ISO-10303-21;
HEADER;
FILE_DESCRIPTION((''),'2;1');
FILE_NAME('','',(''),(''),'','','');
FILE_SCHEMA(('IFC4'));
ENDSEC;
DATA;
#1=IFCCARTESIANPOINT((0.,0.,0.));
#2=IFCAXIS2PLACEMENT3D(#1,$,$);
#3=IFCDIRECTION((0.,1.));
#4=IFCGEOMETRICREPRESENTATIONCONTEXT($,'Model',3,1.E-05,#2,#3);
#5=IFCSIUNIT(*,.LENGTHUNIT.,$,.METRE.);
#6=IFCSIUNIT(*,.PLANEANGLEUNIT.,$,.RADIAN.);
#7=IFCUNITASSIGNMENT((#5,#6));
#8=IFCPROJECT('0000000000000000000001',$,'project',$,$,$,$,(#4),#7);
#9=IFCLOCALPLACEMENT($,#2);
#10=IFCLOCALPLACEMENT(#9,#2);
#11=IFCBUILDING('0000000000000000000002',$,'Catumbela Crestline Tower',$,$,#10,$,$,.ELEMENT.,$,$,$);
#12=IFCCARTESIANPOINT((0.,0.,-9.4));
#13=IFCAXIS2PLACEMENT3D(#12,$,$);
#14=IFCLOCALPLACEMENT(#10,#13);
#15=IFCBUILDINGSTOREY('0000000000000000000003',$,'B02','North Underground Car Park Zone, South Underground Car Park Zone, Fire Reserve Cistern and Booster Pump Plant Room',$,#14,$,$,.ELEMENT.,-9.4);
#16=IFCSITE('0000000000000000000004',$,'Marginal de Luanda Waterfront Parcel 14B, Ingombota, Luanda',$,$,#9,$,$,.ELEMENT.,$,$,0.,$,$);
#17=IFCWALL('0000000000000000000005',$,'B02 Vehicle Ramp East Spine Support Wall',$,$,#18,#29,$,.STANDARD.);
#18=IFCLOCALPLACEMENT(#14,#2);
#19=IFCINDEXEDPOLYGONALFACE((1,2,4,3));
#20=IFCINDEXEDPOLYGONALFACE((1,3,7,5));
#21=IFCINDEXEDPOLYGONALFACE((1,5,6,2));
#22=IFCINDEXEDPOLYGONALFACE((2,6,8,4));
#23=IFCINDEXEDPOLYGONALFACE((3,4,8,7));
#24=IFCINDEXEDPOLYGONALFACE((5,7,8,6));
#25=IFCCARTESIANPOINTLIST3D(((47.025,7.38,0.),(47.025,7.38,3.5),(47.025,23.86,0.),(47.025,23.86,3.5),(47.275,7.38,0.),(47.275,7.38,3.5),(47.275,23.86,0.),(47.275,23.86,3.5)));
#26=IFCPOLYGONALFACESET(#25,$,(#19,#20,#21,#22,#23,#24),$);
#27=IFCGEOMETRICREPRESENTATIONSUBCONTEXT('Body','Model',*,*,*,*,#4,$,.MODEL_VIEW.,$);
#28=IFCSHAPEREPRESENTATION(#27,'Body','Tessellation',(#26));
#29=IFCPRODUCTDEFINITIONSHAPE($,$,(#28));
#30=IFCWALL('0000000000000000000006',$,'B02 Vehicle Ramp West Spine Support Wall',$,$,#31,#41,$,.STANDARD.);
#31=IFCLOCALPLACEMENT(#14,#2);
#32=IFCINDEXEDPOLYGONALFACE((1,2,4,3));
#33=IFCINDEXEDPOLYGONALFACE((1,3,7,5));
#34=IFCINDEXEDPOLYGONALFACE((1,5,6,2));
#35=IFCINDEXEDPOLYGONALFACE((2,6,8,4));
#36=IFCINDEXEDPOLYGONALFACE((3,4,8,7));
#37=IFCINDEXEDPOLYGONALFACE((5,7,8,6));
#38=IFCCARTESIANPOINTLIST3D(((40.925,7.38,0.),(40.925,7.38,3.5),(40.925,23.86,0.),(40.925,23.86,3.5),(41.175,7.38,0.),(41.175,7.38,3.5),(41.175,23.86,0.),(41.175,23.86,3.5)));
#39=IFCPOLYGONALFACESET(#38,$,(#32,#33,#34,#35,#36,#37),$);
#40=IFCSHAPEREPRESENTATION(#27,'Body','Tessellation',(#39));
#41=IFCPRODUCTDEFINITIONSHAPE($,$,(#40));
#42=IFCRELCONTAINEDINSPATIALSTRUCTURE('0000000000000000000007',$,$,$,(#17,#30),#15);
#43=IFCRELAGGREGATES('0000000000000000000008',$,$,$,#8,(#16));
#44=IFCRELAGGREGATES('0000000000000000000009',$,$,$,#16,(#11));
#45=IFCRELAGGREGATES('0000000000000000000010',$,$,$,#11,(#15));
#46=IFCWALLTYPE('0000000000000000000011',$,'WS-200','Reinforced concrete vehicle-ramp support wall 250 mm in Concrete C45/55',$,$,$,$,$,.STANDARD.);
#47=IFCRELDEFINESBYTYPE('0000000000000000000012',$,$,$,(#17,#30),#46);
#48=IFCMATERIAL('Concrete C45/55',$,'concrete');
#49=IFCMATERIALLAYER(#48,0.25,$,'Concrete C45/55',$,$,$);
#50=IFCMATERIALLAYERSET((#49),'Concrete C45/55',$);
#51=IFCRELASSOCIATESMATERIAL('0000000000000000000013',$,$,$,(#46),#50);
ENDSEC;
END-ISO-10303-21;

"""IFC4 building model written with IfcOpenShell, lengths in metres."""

from ifc_helpers import new_model, si_unit, direction, frame, frame_2d, origin, place, context, subcontext, project, spatial, rectangle, extrude, material, layer, layer_set, type_object, element, save


model = new_model("IFC4")

# Units and contexts
model_context = context("Model", 3, precision=1e-05, world=origin(), true_north=direction((0.0, 1.0)))
body_context = subcontext(model_context, "Body", "Model", "MODEL_VIEW")
ifc_project = project(units=[si_unit("LENGTHUNIT", "METRE"), si_unit("PLANEANGLEUNIT", "RADIAN")], contexts=[model_context])

# Site, building, storey
site_placement = place(None, origin())
site = spatial("IfcSite", under=ifc_project, at=site_placement, Name="Marginal de Luanda Waterfront Parcel 14B, Ingombota, Luanda", CompositionType="ELEMENT", RefElevation=0.0)
building_placement = place(site_placement, origin())
building = spatial("IfcBuilding", under=site, at=building_placement, Name="Catumbela Crestline Tower", CompositionType="ELEMENT")
storey_placement = place(building_placement, frame((0.0, 0.0, -9.4)))
storey = spatial("IfcBuildingStorey", under=building, at=storey_placement, Name="B02", Description="North Underground Car Park Zone, South Underground Car Park Zone, Fire Reserve Cistern and Booster Pump Plant Room", CompositionType="ELEMENT", Elevation=-9.4)

# Walls
ifc_material_1 = material(Name="Concrete C45/55", Category="concrete")
ifc_layer_1 = layer(ifc_material_1, 0.25, Name="Concrete C45/55")
ifc_layer_set_1 = layer_set([ifc_layer_1], Name="Concrete C45/55")
wall_type_1 = type_object("IfcWallType", Name="WS-200", Description="Reinforced concrete vehicle-ramp support wall 250 mm in Concrete C45/55", PredefinedType="STANDARD", material=ifc_layer_set_1)
for number, where, z_axis, x_axis, name in (
    (1, (47.15, 7.38, 0.0), (0.0, 0.0, 1.0), (0.0, 1.0, 0.0), "B02 Vehicle Ramp East Spine Support Wall"),
    (2, (41.05, 7.38, 0.0), (0.0, 0.0, 1.0), (0.0, 1.0, 0.0), "B02 Vehicle Ramp West Spine Support Wall"),
):
    element("IfcWall", number, at=place(storey_placement, frame(where, z_axis=z_axis, x_axis=x_axis)), inside=storey, type_object=wall_type_1, Name=name, PredefinedType="STANDARD", context=body_context, shape_type="SweptSolid", body=[
        extrude(rectangle(XDim=16.48, YDim=0.25, at=frame_2d((8.24, 0.0))), origin(), (0.0, 0.0, 1.0), 3.5),
    ])

save(model, "model.ifc")
